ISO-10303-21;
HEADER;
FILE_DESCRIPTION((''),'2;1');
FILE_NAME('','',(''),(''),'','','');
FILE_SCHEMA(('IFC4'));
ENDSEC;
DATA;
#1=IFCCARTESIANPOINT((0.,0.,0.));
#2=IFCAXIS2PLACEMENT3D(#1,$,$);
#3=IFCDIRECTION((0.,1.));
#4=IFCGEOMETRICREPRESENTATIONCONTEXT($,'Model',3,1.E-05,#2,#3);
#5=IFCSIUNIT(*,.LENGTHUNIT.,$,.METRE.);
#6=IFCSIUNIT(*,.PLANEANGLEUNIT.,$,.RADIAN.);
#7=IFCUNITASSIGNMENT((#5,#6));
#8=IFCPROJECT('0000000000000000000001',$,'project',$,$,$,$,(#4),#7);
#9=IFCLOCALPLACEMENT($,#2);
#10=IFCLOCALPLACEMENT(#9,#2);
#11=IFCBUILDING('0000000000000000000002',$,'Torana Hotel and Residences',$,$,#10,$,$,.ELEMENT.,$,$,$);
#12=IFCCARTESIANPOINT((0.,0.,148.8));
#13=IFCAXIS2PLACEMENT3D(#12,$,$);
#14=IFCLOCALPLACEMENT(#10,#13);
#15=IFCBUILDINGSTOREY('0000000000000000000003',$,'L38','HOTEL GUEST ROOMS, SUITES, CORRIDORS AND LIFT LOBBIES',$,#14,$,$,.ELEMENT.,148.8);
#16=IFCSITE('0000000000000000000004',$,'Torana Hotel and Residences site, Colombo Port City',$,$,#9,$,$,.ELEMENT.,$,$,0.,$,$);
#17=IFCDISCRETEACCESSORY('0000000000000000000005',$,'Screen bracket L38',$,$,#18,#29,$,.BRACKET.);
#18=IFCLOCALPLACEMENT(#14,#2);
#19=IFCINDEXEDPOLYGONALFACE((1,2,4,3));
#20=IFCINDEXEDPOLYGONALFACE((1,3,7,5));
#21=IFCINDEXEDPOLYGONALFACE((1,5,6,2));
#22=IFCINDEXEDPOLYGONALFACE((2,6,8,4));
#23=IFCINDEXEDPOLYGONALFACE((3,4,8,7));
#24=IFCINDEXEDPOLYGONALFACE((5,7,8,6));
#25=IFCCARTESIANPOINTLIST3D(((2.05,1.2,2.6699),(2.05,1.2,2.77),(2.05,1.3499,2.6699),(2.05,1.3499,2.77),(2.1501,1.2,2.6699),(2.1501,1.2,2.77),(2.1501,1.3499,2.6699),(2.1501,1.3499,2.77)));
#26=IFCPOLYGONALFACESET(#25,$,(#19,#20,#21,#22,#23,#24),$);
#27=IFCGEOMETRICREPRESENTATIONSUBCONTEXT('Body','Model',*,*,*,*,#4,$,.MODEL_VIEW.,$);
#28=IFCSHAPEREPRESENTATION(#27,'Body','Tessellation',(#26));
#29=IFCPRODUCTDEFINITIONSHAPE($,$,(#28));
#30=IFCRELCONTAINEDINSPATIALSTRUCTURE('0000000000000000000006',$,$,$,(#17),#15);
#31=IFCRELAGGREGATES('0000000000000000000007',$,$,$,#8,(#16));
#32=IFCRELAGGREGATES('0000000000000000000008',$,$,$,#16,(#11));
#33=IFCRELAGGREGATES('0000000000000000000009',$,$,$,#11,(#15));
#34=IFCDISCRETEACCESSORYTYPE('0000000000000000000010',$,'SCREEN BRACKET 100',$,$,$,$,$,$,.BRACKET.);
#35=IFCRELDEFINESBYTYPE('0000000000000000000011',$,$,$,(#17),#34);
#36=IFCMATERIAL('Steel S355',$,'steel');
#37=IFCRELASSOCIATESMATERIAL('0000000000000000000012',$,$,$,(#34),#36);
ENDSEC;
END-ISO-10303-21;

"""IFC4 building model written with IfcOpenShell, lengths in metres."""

from ifc_helpers import new_model, si_unit, direction, frame, origin, origin_2d, place, context, subcontext, project, spatial, rectangle, extrude, material, type_object, element, save


model = new_model("IFC4")

# Units and contexts
model_context = context("Model", 3, precision=1e-05, world=origin(), true_north=direction((0.0, 1.0)))
body_context = subcontext(model_context, "Body", "Model", "MODEL_VIEW")
ifc_project = project(units=[si_unit("LENGTHUNIT", "METRE"), si_unit("PLANEANGLEUNIT", "RADIAN")], contexts=[model_context])

# Site, building, storey
site_placement = place(None, origin())
site = spatial("IfcSite", under=ifc_project, at=site_placement, Name="Torana Hotel and Residences site, Colombo Port City", CompositionType="ELEMENT", RefElevation=0.0)
building_placement = place(site_placement, origin())
building = spatial("IfcBuilding", under=site, at=building_placement, Name="Torana Hotel and Residences", CompositionType="ELEMENT")
storey_placement = place(building_placement, frame((0.0, 0.0, 148.8)))
storey = spatial("IfcBuildingStorey", under=building, at=storey_placement, Name="L38", Description="HOTEL GUEST ROOMS, SUITES, CORRIDORS AND LIFT LOBBIES", CompositionType="ELEMENT", Elevation=148.8)

# Discrete accessory
ifc_material_1 = material(Name="Steel S355", Category="steel")
discrete_accessory_type = type_object("IfcDiscreteAccessoryType", Name="SCREEN BRACKET 100", PredefinedType="BRACKET", material=ifc_material_1)
for number, where, z_axis, x_axis, name in (
    (1, (2.1001, 1.2749, 2.6699), (0.0, 0.0, 1.0), (-1.0, 0.0, 0.0), "Screen bracket L38"),
):
    element("IfcDiscreteAccessory", number, at=place(storey_placement, frame(where, z_axis=z_axis, x_axis=x_axis)), inside=storey, type_object=discrete_accessory_type, Name=name, PredefinedType="BRACKET", context=body_context, shape_type="SweptSolid", body=[
        extrude(rectangle(XDim=0.1001, YDim=0.1499, at=origin_2d()), origin(), (0.0, 0.0, 1.0), 0.1001),
    ])

save(model, "model.ifc")
